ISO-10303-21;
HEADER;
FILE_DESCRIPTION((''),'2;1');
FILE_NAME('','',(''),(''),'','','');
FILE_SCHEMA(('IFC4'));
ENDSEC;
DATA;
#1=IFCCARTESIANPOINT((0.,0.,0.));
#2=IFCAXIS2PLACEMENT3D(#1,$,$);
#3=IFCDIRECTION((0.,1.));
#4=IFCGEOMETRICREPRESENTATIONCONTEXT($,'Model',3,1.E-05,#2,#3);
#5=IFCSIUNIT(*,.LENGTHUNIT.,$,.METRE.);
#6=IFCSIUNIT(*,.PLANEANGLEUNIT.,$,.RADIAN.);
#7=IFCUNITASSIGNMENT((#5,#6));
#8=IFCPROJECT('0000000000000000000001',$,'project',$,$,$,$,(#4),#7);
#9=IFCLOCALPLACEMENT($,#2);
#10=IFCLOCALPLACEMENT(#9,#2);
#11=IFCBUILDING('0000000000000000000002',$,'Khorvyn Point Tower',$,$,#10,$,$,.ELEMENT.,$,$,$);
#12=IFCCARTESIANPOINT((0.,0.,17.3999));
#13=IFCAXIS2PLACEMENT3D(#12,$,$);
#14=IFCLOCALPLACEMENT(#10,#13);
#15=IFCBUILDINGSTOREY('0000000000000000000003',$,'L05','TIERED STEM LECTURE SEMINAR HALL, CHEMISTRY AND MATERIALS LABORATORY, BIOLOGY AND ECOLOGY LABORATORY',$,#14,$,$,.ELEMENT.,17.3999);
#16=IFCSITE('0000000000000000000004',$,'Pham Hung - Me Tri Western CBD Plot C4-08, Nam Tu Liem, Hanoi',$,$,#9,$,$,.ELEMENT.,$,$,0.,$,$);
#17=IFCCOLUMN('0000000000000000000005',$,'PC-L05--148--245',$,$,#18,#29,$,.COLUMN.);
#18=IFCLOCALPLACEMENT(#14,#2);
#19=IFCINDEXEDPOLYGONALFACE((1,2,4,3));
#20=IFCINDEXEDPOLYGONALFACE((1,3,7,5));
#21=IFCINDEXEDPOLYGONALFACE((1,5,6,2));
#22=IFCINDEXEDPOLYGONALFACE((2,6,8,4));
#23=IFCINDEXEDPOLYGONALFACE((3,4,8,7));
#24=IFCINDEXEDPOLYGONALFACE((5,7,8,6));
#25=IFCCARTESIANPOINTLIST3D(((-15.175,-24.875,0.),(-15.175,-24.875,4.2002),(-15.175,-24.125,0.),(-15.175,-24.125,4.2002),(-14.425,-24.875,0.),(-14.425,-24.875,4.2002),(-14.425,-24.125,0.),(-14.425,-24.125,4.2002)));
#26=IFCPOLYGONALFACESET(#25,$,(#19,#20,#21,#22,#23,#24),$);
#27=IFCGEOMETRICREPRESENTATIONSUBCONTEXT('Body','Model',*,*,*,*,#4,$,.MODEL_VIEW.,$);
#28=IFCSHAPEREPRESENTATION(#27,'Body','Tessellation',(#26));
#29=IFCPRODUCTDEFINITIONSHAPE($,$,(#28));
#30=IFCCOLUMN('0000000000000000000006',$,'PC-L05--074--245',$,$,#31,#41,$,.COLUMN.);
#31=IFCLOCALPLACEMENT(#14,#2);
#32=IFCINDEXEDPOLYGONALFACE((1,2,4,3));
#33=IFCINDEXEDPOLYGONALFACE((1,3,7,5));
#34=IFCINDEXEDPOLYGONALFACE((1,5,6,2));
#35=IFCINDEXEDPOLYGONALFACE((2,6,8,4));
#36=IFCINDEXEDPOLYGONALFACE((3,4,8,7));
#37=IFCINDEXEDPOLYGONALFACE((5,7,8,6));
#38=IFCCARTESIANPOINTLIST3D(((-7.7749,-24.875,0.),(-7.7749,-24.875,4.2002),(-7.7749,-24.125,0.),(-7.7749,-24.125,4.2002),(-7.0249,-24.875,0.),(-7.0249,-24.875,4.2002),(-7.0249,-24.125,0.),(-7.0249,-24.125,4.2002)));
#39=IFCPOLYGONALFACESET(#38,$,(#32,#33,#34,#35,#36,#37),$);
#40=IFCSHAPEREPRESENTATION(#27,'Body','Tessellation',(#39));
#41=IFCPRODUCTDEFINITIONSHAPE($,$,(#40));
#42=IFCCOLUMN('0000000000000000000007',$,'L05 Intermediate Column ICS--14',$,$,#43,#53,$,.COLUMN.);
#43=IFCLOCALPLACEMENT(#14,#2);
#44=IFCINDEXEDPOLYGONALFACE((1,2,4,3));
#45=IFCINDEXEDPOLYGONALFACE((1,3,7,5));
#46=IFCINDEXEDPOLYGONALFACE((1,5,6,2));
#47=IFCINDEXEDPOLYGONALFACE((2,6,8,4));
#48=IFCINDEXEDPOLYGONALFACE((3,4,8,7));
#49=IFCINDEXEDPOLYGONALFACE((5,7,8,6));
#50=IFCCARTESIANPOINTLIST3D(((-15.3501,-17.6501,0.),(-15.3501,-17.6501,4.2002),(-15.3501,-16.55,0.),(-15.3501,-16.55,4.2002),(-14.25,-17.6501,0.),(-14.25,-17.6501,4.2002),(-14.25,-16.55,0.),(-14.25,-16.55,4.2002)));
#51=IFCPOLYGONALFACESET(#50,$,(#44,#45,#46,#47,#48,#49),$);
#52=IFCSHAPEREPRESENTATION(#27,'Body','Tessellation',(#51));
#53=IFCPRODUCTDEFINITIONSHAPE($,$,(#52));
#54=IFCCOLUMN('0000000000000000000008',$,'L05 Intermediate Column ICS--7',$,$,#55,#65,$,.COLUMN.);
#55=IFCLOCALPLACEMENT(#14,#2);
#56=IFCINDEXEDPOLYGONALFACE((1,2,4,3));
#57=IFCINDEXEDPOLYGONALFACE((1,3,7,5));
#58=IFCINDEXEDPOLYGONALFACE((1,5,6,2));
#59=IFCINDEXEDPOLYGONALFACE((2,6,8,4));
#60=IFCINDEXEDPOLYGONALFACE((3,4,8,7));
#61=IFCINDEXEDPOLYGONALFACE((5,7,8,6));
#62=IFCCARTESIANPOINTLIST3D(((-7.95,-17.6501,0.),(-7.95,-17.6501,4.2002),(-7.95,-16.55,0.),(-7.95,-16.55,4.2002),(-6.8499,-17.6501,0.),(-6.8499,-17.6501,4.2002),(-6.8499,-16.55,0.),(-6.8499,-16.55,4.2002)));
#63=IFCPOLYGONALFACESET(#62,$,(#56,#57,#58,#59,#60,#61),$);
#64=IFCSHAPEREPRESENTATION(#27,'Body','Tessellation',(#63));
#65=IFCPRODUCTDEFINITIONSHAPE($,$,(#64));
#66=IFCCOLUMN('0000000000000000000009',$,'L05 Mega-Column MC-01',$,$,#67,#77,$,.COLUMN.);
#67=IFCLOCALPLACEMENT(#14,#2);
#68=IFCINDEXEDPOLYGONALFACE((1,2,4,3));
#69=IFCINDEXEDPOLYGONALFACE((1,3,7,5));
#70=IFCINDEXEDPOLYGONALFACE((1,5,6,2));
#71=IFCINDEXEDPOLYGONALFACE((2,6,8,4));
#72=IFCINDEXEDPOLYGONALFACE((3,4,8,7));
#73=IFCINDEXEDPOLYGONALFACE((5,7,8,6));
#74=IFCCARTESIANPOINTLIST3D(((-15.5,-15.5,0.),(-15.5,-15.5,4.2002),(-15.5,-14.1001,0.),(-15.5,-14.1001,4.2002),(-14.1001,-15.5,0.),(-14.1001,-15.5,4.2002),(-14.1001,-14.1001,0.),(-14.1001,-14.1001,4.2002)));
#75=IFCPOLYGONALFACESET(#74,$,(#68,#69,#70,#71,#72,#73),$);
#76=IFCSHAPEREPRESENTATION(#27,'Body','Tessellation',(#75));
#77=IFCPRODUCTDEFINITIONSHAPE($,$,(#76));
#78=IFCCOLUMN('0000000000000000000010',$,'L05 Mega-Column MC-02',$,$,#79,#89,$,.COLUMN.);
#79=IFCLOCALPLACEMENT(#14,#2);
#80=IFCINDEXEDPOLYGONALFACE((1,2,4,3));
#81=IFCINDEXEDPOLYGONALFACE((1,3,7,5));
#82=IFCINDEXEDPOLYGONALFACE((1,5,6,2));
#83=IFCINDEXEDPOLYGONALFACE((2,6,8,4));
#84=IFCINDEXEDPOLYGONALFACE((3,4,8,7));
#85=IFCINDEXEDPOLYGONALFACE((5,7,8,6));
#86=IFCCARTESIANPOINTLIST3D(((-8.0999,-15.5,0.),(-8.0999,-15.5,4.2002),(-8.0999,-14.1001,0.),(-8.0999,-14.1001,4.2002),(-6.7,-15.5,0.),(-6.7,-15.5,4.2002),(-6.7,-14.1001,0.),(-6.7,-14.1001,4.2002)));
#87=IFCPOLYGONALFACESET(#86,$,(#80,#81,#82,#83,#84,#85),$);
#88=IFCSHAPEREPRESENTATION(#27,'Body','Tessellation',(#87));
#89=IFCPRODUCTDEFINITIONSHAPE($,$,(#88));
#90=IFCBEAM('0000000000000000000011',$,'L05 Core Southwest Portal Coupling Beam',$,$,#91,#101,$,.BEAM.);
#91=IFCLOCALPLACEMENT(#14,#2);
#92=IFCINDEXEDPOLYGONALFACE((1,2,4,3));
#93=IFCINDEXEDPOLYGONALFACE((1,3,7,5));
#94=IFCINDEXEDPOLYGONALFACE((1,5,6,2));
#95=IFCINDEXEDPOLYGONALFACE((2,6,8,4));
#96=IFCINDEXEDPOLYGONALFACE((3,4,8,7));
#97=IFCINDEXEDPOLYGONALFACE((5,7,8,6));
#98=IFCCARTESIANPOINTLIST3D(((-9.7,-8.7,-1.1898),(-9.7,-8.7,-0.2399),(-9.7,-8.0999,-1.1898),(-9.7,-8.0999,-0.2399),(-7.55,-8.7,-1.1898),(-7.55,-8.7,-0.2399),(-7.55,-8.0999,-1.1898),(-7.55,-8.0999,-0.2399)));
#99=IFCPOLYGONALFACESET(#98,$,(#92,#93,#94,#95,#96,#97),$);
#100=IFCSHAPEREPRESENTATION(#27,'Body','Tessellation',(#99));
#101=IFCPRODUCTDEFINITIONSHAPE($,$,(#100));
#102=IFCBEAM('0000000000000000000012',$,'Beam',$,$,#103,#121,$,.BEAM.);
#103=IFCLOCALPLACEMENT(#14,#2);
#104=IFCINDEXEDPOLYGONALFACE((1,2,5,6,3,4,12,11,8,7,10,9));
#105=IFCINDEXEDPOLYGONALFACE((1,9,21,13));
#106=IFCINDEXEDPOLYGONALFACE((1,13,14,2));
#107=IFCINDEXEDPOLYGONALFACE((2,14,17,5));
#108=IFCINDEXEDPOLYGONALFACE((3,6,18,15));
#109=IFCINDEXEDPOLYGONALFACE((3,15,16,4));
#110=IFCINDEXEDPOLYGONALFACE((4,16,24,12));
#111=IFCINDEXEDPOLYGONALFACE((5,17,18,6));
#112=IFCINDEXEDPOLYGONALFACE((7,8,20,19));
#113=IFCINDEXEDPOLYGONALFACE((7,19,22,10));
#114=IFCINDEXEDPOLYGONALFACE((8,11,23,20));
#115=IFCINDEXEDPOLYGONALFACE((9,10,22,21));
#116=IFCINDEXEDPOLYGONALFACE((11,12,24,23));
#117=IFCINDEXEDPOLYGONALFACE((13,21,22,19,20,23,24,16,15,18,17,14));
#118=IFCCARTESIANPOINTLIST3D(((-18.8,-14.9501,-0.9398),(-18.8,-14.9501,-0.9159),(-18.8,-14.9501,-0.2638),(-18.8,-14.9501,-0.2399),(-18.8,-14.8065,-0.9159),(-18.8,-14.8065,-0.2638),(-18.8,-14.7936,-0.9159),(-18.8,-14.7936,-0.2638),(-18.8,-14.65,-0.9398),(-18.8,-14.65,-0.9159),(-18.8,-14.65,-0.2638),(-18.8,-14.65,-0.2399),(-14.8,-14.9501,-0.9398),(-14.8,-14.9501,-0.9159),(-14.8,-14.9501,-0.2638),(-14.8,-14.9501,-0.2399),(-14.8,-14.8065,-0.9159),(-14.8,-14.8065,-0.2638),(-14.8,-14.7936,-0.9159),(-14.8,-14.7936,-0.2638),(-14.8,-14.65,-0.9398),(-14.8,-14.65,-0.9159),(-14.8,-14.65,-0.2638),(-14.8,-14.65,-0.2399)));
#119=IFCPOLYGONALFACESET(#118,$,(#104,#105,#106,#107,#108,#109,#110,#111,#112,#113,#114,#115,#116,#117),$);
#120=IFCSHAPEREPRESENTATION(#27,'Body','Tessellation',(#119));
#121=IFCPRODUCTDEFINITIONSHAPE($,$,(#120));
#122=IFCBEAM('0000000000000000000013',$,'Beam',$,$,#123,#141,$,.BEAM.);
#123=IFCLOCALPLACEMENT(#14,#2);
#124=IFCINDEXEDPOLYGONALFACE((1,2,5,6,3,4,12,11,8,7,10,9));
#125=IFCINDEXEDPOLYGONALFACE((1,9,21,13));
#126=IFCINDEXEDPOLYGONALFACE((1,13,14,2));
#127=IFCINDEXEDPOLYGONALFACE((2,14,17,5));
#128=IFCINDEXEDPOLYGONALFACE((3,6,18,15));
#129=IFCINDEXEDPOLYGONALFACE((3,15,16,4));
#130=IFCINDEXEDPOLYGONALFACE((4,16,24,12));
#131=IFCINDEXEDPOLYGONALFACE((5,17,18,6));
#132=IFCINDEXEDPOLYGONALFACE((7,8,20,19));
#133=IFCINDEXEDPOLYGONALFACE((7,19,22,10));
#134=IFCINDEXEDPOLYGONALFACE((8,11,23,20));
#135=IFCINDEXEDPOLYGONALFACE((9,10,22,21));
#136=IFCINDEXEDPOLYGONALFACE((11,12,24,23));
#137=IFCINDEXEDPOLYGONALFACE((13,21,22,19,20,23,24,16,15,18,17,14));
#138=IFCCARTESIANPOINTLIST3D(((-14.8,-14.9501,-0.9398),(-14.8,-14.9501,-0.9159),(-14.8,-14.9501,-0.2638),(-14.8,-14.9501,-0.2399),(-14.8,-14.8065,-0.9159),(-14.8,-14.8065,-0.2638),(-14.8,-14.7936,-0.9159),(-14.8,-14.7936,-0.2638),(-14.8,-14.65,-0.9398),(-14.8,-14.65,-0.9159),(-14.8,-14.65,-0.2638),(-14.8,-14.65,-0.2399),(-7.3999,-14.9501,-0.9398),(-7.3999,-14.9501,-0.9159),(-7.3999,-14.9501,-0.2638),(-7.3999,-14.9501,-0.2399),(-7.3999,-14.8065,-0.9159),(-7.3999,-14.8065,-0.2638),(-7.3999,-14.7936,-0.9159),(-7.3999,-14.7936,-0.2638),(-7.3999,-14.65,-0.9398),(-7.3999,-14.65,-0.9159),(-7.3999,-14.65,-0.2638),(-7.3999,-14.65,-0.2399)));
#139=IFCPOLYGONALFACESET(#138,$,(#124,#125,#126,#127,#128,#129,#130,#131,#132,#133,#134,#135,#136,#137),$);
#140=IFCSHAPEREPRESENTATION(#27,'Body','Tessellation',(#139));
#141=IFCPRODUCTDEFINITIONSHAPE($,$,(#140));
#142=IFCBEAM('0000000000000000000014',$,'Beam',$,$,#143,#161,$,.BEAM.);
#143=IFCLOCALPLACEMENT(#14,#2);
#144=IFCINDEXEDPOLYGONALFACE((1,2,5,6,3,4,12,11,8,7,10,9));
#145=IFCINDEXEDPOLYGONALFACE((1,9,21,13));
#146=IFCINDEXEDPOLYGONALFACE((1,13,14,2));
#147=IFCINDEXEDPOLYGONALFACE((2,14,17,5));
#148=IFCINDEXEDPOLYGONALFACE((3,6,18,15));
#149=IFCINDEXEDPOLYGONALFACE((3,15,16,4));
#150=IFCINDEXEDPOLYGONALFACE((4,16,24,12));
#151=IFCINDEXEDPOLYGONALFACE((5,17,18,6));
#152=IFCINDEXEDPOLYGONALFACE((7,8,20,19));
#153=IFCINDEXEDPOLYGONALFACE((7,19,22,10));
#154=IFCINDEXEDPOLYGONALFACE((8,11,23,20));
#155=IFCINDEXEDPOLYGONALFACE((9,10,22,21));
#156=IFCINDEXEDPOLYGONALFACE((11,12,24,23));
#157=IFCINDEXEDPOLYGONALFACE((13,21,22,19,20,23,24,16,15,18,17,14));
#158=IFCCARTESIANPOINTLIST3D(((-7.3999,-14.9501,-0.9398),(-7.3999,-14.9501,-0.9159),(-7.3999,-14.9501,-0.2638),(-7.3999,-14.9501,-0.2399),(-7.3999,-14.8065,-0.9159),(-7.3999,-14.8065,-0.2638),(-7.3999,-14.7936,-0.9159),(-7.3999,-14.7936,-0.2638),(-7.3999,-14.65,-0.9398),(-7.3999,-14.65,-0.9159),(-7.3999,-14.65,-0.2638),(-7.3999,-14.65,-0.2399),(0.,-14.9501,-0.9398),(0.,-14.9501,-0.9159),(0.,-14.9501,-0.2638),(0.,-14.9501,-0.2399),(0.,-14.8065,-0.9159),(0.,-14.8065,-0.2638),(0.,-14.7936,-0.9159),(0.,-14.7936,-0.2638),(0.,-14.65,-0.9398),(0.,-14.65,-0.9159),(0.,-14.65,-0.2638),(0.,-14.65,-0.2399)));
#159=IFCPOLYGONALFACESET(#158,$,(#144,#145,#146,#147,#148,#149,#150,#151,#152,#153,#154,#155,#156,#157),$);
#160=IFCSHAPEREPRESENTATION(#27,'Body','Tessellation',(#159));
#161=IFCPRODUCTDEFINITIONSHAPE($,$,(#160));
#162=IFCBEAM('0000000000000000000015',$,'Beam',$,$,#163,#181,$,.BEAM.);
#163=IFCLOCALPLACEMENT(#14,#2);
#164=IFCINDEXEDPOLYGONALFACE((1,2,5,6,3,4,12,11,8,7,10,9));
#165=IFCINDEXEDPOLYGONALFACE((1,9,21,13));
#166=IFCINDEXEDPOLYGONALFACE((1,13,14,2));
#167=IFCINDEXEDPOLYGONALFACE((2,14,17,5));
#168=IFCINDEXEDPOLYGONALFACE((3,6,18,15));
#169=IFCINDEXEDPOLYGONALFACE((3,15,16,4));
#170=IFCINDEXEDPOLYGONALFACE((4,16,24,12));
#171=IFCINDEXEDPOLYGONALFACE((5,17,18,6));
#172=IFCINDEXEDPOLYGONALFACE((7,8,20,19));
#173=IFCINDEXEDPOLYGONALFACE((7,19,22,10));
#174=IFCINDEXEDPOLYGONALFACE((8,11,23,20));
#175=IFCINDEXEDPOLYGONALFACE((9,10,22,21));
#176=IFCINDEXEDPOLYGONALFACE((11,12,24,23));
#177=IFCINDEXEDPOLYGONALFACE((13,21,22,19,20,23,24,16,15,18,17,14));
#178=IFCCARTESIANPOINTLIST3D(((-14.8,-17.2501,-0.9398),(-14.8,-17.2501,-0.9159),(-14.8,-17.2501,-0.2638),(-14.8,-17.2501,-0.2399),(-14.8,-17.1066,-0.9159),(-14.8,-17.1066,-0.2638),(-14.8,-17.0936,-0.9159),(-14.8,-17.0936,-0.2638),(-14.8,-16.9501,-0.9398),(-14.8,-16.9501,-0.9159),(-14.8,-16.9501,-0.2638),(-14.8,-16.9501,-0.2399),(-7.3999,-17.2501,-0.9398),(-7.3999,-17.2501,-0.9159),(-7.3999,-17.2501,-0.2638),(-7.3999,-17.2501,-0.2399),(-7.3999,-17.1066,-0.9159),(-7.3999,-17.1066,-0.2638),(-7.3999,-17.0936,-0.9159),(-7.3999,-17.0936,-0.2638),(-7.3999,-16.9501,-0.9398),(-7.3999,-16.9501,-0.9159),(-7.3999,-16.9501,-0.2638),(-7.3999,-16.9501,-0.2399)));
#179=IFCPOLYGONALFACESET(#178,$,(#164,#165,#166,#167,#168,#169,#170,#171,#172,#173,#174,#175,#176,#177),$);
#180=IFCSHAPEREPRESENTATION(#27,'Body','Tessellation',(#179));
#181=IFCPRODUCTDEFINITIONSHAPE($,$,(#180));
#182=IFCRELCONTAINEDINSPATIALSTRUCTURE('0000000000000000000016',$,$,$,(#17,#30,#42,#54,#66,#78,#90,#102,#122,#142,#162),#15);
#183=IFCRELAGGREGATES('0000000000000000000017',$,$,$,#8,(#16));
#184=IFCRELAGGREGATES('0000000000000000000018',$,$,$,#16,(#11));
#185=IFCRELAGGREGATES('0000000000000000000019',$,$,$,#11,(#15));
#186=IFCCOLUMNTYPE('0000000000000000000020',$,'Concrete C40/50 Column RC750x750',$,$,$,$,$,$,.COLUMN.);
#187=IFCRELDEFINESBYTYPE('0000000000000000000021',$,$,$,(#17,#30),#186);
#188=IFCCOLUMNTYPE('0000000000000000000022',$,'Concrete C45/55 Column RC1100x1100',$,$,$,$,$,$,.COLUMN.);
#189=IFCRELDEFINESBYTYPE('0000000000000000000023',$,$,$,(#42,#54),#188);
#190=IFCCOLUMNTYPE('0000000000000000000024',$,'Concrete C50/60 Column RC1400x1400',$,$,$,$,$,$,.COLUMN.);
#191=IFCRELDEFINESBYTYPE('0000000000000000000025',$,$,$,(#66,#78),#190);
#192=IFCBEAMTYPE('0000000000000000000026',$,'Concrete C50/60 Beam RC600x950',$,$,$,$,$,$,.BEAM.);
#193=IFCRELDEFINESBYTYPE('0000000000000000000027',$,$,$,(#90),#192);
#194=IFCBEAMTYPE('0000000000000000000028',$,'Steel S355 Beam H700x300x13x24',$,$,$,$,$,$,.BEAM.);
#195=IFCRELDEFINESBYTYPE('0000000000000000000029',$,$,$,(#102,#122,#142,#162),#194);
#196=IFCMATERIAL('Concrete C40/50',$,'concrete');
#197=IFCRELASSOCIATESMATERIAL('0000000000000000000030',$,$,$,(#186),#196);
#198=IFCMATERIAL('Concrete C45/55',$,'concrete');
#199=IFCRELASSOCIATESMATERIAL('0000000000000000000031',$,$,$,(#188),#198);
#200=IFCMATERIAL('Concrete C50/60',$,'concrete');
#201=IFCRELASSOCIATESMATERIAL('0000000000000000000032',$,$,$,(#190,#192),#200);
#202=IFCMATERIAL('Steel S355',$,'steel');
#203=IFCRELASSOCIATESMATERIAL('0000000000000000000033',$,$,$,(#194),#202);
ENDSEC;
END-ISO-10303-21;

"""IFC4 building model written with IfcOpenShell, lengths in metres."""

from ifc_helpers import new_model, si_unit, direction, frame, origin, origin_2d, place, context, subcontext, project, spatial, rectangle, i_section, extrude, material, material_profile, profile_set, type_object, element, save


model = new_model("IFC4")

# Units and contexts
model_context = context("Model", 3, precision=1e-05, world=origin(), true_north=direction((0.0, 1.0)))
body_context = subcontext(model_context, "Body", "Model", "MODEL_VIEW")
ifc_project = project(units=[si_unit("LENGTHUNIT", "METRE"), si_unit("PLANEANGLEUNIT", "RADIAN")], contexts=[model_context])

# Site, building, storey
site_placement = place(None, origin())
site = spatial("IfcSite", under=ifc_project, at=site_placement, Name="Pham Hung - Me Tri Western CBD Plot C4-08, Nam Tu Liem, Hanoi", CompositionType="ELEMENT", RefElevation=0.0)
building_placement = place(site_placement, origin())
building = spatial("IfcBuilding", under=site, at=building_placement, Name="Khorvyn Point Tower", CompositionType="ELEMENT")
storey_placement = place(building_placement, frame((0.0, 0.0, 17.3999)))
storey = spatial("IfcBuildingStorey", under=building, at=storey_placement, Name="L05", Description="TIERED STEM LECTURE SEMINAR HALL, CHEMISTRY AND MATERIALS LABORATORY, BIOLOGY AND ECOLOGY LABORATORY", CompositionType="ELEMENT", Elevation=17.3999)

# Columns
ifc_material_1 = material(Name="Concrete C40/50", Category="concrete")
ifc_material_profile_1 = material_profile(ifc_material_1, rectangle(XDim=0.75, YDim=0.75, at=origin_2d()))
ifc_profile_set_1 = profile_set([ifc_material_profile_1], Name="Concrete C40/50 RC750x750")
column_type_1 = type_object("IfcColumnType", Name="Concrete C40/50 Column RC750x750", PredefinedType="COLUMN", material=ifc_profile_set_1)
for number, where, z_axis, x_axis, name in (
    (1, (-14.8, -24.5, 0.0), (0.0, 0.0, 1.0), (1.0, 0.0, 0.0), "PC-L05--148--245"),
    (2, (-7.3999, -24.5, 0.0), (0.0, 0.0, 1.0), (1.0, 0.0, 0.0), "PC-L05--074--245"),
):
    element("IfcColumn", number, at=place(storey_placement, frame(where, z_axis=z_axis, x_axis=x_axis)), inside=storey, type_object=column_type_1, Name=name, PredefinedType="COLUMN", context=body_context, shape_type="SweptSolid", body=[
        extrude(rectangle(XDim=0.75, YDim=0.75, at=origin_2d()), origin(), (0.0, 0.0, 1.0), 4.2002),
    ])
ifc_material_2 = material(Name="Concrete C45/55", Category="concrete")
ifc_material_profile_2 = material_profile(ifc_material_2, rectangle(XDim=1.1001, YDim=1.1001, at=origin_2d()))
ifc_profile_set_2 = profile_set([ifc_material_profile_2], Name="Concrete C45/55 RC1100x1100")
column_type_2 = type_object("IfcColumnType", Name="Concrete C45/55 Column RC1100x1100", PredefinedType="COLUMN", material=ifc_profile_set_2)
for number, where, z_axis, x_axis, name in (
    (3, (-14.8, -17.1001, 0.0), (0.0, 0.0, 1.0), (1.0, 0.0, 0.0), "L05 Intermediate Column ICS--14"),
    (4, (-7.3999, -17.1001, 0.0), (0.0, 0.0, 1.0), (1.0, 0.0, 0.0), "L05 Intermediate Column ICS--7"),
):
    element("IfcColumn", number, at=place(storey_placement, frame(where, z_axis=z_axis, x_axis=x_axis)), inside=storey, type_object=column_type_2, Name=name, PredefinedType="COLUMN", context=body_context, shape_type="SweptSolid", body=[
        extrude(rectangle(XDim=1.1001, YDim=1.1001, at=origin_2d()), origin(), (0.0, 0.0, 1.0), 4.2002),
    ])
ifc_material_3 = material(Name="Concrete C50/60", Category="concrete")
ifc_material_profile_3 = material_profile(ifc_material_3, rectangle(XDim=1.3999, YDim=1.3999, at=origin_2d()))
ifc_profile_set_3 = profile_set([ifc_material_profile_3], Name="Concrete C50/60 RC1400x1400")
column_type_3 = type_object("IfcColumnType", Name="Concrete C50/60 Column RC1400x1400", PredefinedType="COLUMN", material=ifc_profile_set_3)
for number, where, z_axis, x_axis, name in (
    (5, (-14.8, -14.8, 0.0), (0.0, 0.0, 1.0), (1.0, 0.0, 0.0), "L05 Mega-Column MC-01"),
    (6, (-7.3999, -14.8, 0.0), (0.0, 0.0, 1.0), (1.0, 0.0, 0.0), "L05 Mega-Column MC-02"),
):
    element("IfcColumn", number, at=place(storey_placement, frame(where, z_axis=z_axis, x_axis=x_axis)), inside=storey, type_object=column_type_3, Name=name, PredefinedType="COLUMN", context=body_context, shape_type="SweptSolid", body=[
        extrude(rectangle(XDim=1.3999, YDim=1.3999, at=origin_2d()), origin(), (0.0, 0.0, 1.0), 4.2002),
    ])

# Beams
ifc_material_profile_4 = material_profile(ifc_material_3, rectangle(XDim=0.6001, YDim=0.95, at=origin_2d()))
ifc_profile_set_4 = profile_set([ifc_material_profile_4], Name="Concrete C50/60 RC600x950")
beam_type_1 = type_object("IfcBeamType", Name="Concrete C50/60 Beam RC600x950", PredefinedType="BEAM", material=ifc_profile_set_4)
beam_1_placement = place(storey_placement, frame((-9.7, -8.3999, -0.7148), z_axis=(1.0, 0.0, 0.0), x_axis=(0.0, 1.0, 0.0)))
element("IfcBeam", 7, at=beam_1_placement, inside=storey, type_object=beam_type_1, Name="L05 Core Southwest Portal Coupling Beam", PredefinedType="BEAM", context=body_context, shape_type="SweptSolid", body=[
    extrude(rectangle(XDim=0.6001, YDim=0.95, at=origin_2d()), origin(), (0.0, 0.0, 1.0), 2.1499),
])
ifc_material_4 = material(Name="Steel S355", Category="steel")
ifc_material_profile_5 = material_profile(ifc_material_4, i_section(OverallWidth=0.3, OverallDepth=0.7, WebThickness=0.0129, FlangeThickness=0.0239, at=origin_2d()))
ifc_profile_set_5 = profile_set([ifc_material_profile_5], Name="Steel S355 H700x300x13x24")
beam_type_2 = type_object("IfcBeamType", Name="Steel S355 Beam H700x300x13x24", PredefinedType="BEAM", material=ifc_profile_set_5)
beam_2_placement = place(storey_placement, frame((-18.8, -14.8, -0.5898), z_axis=(1.0, 0.0, 0.0), x_axis=(0.0, 1.0, 0.0)))
element("IfcBeam", 8, at=beam_2_placement, inside=storey, type_object=beam_type_2, Name="Beam", PredefinedType="BEAM", context=body_context, shape_type="SweptSolid", body=[
    extrude(i_section(OverallWidth=0.3, OverallDepth=0.7, WebThickness=0.0129, FlangeThickness=0.0239, at=origin_2d()), origin(), (0.0, 0.0, 1.0), 4.0),
])
beam_3_placement = place(storey_placement, frame((-14.8, -14.8, -0.5898), z_axis=(1.0, 0.0, 0.0), x_axis=(0.0, 1.0, 0.0)))
element("IfcBeam", 9, at=beam_3_placement, inside=storey, type_object=beam_type_2, Name="Beam", PredefinedType="BEAM", context=body_context, shape_type="SweptSolid", body=[
    extrude(i_section(OverallWidth=0.3, OverallDepth=0.7, WebThickness=0.0129, FlangeThickness=0.0239, at=origin_2d()), origin(), (0.0, 0.0, 1.0), 7.4001),
])
beam_4_placement = place(storey_placement, frame((-7.3999, -14.8, -0.5898), z_axis=(1.0, 0.0, 0.0), x_axis=(0.0, 1.0, 0.0)))
element("IfcBeam", 10, at=beam_4_placement, inside=storey, type_object=beam_type_2, Name="Beam", PredefinedType="BEAM", context=body_context, shape_type="SweptSolid", body=[
    extrude(i_section(OverallWidth=0.3, OverallDepth=0.7, WebThickness=0.0129, FlangeThickness=0.0239, at=origin_2d()), origin(), (0.0, 0.0, 1.0), 7.3999),
])
beam_5_placement = place(storey_placement, frame((-14.8, -17.1001, -0.5898), z_axis=(1.0, 0.0, 0.0), x_axis=(0.0, 1.0, 0.0)))
element("IfcBeam", 11, at=beam_5_placement, inside=storey, type_object=beam_type_2, Name="Beam", PredefinedType="BEAM", context=body_context, shape_type="SweptSolid", body=[
    extrude(i_section(OverallWidth=0.3, OverallDepth=0.7, WebThickness=0.0129, FlangeThickness=0.0239, at=origin_2d()), origin(), (0.0, 0.0, 1.0), 7.4001),
])

save(model, "model.ifc")
